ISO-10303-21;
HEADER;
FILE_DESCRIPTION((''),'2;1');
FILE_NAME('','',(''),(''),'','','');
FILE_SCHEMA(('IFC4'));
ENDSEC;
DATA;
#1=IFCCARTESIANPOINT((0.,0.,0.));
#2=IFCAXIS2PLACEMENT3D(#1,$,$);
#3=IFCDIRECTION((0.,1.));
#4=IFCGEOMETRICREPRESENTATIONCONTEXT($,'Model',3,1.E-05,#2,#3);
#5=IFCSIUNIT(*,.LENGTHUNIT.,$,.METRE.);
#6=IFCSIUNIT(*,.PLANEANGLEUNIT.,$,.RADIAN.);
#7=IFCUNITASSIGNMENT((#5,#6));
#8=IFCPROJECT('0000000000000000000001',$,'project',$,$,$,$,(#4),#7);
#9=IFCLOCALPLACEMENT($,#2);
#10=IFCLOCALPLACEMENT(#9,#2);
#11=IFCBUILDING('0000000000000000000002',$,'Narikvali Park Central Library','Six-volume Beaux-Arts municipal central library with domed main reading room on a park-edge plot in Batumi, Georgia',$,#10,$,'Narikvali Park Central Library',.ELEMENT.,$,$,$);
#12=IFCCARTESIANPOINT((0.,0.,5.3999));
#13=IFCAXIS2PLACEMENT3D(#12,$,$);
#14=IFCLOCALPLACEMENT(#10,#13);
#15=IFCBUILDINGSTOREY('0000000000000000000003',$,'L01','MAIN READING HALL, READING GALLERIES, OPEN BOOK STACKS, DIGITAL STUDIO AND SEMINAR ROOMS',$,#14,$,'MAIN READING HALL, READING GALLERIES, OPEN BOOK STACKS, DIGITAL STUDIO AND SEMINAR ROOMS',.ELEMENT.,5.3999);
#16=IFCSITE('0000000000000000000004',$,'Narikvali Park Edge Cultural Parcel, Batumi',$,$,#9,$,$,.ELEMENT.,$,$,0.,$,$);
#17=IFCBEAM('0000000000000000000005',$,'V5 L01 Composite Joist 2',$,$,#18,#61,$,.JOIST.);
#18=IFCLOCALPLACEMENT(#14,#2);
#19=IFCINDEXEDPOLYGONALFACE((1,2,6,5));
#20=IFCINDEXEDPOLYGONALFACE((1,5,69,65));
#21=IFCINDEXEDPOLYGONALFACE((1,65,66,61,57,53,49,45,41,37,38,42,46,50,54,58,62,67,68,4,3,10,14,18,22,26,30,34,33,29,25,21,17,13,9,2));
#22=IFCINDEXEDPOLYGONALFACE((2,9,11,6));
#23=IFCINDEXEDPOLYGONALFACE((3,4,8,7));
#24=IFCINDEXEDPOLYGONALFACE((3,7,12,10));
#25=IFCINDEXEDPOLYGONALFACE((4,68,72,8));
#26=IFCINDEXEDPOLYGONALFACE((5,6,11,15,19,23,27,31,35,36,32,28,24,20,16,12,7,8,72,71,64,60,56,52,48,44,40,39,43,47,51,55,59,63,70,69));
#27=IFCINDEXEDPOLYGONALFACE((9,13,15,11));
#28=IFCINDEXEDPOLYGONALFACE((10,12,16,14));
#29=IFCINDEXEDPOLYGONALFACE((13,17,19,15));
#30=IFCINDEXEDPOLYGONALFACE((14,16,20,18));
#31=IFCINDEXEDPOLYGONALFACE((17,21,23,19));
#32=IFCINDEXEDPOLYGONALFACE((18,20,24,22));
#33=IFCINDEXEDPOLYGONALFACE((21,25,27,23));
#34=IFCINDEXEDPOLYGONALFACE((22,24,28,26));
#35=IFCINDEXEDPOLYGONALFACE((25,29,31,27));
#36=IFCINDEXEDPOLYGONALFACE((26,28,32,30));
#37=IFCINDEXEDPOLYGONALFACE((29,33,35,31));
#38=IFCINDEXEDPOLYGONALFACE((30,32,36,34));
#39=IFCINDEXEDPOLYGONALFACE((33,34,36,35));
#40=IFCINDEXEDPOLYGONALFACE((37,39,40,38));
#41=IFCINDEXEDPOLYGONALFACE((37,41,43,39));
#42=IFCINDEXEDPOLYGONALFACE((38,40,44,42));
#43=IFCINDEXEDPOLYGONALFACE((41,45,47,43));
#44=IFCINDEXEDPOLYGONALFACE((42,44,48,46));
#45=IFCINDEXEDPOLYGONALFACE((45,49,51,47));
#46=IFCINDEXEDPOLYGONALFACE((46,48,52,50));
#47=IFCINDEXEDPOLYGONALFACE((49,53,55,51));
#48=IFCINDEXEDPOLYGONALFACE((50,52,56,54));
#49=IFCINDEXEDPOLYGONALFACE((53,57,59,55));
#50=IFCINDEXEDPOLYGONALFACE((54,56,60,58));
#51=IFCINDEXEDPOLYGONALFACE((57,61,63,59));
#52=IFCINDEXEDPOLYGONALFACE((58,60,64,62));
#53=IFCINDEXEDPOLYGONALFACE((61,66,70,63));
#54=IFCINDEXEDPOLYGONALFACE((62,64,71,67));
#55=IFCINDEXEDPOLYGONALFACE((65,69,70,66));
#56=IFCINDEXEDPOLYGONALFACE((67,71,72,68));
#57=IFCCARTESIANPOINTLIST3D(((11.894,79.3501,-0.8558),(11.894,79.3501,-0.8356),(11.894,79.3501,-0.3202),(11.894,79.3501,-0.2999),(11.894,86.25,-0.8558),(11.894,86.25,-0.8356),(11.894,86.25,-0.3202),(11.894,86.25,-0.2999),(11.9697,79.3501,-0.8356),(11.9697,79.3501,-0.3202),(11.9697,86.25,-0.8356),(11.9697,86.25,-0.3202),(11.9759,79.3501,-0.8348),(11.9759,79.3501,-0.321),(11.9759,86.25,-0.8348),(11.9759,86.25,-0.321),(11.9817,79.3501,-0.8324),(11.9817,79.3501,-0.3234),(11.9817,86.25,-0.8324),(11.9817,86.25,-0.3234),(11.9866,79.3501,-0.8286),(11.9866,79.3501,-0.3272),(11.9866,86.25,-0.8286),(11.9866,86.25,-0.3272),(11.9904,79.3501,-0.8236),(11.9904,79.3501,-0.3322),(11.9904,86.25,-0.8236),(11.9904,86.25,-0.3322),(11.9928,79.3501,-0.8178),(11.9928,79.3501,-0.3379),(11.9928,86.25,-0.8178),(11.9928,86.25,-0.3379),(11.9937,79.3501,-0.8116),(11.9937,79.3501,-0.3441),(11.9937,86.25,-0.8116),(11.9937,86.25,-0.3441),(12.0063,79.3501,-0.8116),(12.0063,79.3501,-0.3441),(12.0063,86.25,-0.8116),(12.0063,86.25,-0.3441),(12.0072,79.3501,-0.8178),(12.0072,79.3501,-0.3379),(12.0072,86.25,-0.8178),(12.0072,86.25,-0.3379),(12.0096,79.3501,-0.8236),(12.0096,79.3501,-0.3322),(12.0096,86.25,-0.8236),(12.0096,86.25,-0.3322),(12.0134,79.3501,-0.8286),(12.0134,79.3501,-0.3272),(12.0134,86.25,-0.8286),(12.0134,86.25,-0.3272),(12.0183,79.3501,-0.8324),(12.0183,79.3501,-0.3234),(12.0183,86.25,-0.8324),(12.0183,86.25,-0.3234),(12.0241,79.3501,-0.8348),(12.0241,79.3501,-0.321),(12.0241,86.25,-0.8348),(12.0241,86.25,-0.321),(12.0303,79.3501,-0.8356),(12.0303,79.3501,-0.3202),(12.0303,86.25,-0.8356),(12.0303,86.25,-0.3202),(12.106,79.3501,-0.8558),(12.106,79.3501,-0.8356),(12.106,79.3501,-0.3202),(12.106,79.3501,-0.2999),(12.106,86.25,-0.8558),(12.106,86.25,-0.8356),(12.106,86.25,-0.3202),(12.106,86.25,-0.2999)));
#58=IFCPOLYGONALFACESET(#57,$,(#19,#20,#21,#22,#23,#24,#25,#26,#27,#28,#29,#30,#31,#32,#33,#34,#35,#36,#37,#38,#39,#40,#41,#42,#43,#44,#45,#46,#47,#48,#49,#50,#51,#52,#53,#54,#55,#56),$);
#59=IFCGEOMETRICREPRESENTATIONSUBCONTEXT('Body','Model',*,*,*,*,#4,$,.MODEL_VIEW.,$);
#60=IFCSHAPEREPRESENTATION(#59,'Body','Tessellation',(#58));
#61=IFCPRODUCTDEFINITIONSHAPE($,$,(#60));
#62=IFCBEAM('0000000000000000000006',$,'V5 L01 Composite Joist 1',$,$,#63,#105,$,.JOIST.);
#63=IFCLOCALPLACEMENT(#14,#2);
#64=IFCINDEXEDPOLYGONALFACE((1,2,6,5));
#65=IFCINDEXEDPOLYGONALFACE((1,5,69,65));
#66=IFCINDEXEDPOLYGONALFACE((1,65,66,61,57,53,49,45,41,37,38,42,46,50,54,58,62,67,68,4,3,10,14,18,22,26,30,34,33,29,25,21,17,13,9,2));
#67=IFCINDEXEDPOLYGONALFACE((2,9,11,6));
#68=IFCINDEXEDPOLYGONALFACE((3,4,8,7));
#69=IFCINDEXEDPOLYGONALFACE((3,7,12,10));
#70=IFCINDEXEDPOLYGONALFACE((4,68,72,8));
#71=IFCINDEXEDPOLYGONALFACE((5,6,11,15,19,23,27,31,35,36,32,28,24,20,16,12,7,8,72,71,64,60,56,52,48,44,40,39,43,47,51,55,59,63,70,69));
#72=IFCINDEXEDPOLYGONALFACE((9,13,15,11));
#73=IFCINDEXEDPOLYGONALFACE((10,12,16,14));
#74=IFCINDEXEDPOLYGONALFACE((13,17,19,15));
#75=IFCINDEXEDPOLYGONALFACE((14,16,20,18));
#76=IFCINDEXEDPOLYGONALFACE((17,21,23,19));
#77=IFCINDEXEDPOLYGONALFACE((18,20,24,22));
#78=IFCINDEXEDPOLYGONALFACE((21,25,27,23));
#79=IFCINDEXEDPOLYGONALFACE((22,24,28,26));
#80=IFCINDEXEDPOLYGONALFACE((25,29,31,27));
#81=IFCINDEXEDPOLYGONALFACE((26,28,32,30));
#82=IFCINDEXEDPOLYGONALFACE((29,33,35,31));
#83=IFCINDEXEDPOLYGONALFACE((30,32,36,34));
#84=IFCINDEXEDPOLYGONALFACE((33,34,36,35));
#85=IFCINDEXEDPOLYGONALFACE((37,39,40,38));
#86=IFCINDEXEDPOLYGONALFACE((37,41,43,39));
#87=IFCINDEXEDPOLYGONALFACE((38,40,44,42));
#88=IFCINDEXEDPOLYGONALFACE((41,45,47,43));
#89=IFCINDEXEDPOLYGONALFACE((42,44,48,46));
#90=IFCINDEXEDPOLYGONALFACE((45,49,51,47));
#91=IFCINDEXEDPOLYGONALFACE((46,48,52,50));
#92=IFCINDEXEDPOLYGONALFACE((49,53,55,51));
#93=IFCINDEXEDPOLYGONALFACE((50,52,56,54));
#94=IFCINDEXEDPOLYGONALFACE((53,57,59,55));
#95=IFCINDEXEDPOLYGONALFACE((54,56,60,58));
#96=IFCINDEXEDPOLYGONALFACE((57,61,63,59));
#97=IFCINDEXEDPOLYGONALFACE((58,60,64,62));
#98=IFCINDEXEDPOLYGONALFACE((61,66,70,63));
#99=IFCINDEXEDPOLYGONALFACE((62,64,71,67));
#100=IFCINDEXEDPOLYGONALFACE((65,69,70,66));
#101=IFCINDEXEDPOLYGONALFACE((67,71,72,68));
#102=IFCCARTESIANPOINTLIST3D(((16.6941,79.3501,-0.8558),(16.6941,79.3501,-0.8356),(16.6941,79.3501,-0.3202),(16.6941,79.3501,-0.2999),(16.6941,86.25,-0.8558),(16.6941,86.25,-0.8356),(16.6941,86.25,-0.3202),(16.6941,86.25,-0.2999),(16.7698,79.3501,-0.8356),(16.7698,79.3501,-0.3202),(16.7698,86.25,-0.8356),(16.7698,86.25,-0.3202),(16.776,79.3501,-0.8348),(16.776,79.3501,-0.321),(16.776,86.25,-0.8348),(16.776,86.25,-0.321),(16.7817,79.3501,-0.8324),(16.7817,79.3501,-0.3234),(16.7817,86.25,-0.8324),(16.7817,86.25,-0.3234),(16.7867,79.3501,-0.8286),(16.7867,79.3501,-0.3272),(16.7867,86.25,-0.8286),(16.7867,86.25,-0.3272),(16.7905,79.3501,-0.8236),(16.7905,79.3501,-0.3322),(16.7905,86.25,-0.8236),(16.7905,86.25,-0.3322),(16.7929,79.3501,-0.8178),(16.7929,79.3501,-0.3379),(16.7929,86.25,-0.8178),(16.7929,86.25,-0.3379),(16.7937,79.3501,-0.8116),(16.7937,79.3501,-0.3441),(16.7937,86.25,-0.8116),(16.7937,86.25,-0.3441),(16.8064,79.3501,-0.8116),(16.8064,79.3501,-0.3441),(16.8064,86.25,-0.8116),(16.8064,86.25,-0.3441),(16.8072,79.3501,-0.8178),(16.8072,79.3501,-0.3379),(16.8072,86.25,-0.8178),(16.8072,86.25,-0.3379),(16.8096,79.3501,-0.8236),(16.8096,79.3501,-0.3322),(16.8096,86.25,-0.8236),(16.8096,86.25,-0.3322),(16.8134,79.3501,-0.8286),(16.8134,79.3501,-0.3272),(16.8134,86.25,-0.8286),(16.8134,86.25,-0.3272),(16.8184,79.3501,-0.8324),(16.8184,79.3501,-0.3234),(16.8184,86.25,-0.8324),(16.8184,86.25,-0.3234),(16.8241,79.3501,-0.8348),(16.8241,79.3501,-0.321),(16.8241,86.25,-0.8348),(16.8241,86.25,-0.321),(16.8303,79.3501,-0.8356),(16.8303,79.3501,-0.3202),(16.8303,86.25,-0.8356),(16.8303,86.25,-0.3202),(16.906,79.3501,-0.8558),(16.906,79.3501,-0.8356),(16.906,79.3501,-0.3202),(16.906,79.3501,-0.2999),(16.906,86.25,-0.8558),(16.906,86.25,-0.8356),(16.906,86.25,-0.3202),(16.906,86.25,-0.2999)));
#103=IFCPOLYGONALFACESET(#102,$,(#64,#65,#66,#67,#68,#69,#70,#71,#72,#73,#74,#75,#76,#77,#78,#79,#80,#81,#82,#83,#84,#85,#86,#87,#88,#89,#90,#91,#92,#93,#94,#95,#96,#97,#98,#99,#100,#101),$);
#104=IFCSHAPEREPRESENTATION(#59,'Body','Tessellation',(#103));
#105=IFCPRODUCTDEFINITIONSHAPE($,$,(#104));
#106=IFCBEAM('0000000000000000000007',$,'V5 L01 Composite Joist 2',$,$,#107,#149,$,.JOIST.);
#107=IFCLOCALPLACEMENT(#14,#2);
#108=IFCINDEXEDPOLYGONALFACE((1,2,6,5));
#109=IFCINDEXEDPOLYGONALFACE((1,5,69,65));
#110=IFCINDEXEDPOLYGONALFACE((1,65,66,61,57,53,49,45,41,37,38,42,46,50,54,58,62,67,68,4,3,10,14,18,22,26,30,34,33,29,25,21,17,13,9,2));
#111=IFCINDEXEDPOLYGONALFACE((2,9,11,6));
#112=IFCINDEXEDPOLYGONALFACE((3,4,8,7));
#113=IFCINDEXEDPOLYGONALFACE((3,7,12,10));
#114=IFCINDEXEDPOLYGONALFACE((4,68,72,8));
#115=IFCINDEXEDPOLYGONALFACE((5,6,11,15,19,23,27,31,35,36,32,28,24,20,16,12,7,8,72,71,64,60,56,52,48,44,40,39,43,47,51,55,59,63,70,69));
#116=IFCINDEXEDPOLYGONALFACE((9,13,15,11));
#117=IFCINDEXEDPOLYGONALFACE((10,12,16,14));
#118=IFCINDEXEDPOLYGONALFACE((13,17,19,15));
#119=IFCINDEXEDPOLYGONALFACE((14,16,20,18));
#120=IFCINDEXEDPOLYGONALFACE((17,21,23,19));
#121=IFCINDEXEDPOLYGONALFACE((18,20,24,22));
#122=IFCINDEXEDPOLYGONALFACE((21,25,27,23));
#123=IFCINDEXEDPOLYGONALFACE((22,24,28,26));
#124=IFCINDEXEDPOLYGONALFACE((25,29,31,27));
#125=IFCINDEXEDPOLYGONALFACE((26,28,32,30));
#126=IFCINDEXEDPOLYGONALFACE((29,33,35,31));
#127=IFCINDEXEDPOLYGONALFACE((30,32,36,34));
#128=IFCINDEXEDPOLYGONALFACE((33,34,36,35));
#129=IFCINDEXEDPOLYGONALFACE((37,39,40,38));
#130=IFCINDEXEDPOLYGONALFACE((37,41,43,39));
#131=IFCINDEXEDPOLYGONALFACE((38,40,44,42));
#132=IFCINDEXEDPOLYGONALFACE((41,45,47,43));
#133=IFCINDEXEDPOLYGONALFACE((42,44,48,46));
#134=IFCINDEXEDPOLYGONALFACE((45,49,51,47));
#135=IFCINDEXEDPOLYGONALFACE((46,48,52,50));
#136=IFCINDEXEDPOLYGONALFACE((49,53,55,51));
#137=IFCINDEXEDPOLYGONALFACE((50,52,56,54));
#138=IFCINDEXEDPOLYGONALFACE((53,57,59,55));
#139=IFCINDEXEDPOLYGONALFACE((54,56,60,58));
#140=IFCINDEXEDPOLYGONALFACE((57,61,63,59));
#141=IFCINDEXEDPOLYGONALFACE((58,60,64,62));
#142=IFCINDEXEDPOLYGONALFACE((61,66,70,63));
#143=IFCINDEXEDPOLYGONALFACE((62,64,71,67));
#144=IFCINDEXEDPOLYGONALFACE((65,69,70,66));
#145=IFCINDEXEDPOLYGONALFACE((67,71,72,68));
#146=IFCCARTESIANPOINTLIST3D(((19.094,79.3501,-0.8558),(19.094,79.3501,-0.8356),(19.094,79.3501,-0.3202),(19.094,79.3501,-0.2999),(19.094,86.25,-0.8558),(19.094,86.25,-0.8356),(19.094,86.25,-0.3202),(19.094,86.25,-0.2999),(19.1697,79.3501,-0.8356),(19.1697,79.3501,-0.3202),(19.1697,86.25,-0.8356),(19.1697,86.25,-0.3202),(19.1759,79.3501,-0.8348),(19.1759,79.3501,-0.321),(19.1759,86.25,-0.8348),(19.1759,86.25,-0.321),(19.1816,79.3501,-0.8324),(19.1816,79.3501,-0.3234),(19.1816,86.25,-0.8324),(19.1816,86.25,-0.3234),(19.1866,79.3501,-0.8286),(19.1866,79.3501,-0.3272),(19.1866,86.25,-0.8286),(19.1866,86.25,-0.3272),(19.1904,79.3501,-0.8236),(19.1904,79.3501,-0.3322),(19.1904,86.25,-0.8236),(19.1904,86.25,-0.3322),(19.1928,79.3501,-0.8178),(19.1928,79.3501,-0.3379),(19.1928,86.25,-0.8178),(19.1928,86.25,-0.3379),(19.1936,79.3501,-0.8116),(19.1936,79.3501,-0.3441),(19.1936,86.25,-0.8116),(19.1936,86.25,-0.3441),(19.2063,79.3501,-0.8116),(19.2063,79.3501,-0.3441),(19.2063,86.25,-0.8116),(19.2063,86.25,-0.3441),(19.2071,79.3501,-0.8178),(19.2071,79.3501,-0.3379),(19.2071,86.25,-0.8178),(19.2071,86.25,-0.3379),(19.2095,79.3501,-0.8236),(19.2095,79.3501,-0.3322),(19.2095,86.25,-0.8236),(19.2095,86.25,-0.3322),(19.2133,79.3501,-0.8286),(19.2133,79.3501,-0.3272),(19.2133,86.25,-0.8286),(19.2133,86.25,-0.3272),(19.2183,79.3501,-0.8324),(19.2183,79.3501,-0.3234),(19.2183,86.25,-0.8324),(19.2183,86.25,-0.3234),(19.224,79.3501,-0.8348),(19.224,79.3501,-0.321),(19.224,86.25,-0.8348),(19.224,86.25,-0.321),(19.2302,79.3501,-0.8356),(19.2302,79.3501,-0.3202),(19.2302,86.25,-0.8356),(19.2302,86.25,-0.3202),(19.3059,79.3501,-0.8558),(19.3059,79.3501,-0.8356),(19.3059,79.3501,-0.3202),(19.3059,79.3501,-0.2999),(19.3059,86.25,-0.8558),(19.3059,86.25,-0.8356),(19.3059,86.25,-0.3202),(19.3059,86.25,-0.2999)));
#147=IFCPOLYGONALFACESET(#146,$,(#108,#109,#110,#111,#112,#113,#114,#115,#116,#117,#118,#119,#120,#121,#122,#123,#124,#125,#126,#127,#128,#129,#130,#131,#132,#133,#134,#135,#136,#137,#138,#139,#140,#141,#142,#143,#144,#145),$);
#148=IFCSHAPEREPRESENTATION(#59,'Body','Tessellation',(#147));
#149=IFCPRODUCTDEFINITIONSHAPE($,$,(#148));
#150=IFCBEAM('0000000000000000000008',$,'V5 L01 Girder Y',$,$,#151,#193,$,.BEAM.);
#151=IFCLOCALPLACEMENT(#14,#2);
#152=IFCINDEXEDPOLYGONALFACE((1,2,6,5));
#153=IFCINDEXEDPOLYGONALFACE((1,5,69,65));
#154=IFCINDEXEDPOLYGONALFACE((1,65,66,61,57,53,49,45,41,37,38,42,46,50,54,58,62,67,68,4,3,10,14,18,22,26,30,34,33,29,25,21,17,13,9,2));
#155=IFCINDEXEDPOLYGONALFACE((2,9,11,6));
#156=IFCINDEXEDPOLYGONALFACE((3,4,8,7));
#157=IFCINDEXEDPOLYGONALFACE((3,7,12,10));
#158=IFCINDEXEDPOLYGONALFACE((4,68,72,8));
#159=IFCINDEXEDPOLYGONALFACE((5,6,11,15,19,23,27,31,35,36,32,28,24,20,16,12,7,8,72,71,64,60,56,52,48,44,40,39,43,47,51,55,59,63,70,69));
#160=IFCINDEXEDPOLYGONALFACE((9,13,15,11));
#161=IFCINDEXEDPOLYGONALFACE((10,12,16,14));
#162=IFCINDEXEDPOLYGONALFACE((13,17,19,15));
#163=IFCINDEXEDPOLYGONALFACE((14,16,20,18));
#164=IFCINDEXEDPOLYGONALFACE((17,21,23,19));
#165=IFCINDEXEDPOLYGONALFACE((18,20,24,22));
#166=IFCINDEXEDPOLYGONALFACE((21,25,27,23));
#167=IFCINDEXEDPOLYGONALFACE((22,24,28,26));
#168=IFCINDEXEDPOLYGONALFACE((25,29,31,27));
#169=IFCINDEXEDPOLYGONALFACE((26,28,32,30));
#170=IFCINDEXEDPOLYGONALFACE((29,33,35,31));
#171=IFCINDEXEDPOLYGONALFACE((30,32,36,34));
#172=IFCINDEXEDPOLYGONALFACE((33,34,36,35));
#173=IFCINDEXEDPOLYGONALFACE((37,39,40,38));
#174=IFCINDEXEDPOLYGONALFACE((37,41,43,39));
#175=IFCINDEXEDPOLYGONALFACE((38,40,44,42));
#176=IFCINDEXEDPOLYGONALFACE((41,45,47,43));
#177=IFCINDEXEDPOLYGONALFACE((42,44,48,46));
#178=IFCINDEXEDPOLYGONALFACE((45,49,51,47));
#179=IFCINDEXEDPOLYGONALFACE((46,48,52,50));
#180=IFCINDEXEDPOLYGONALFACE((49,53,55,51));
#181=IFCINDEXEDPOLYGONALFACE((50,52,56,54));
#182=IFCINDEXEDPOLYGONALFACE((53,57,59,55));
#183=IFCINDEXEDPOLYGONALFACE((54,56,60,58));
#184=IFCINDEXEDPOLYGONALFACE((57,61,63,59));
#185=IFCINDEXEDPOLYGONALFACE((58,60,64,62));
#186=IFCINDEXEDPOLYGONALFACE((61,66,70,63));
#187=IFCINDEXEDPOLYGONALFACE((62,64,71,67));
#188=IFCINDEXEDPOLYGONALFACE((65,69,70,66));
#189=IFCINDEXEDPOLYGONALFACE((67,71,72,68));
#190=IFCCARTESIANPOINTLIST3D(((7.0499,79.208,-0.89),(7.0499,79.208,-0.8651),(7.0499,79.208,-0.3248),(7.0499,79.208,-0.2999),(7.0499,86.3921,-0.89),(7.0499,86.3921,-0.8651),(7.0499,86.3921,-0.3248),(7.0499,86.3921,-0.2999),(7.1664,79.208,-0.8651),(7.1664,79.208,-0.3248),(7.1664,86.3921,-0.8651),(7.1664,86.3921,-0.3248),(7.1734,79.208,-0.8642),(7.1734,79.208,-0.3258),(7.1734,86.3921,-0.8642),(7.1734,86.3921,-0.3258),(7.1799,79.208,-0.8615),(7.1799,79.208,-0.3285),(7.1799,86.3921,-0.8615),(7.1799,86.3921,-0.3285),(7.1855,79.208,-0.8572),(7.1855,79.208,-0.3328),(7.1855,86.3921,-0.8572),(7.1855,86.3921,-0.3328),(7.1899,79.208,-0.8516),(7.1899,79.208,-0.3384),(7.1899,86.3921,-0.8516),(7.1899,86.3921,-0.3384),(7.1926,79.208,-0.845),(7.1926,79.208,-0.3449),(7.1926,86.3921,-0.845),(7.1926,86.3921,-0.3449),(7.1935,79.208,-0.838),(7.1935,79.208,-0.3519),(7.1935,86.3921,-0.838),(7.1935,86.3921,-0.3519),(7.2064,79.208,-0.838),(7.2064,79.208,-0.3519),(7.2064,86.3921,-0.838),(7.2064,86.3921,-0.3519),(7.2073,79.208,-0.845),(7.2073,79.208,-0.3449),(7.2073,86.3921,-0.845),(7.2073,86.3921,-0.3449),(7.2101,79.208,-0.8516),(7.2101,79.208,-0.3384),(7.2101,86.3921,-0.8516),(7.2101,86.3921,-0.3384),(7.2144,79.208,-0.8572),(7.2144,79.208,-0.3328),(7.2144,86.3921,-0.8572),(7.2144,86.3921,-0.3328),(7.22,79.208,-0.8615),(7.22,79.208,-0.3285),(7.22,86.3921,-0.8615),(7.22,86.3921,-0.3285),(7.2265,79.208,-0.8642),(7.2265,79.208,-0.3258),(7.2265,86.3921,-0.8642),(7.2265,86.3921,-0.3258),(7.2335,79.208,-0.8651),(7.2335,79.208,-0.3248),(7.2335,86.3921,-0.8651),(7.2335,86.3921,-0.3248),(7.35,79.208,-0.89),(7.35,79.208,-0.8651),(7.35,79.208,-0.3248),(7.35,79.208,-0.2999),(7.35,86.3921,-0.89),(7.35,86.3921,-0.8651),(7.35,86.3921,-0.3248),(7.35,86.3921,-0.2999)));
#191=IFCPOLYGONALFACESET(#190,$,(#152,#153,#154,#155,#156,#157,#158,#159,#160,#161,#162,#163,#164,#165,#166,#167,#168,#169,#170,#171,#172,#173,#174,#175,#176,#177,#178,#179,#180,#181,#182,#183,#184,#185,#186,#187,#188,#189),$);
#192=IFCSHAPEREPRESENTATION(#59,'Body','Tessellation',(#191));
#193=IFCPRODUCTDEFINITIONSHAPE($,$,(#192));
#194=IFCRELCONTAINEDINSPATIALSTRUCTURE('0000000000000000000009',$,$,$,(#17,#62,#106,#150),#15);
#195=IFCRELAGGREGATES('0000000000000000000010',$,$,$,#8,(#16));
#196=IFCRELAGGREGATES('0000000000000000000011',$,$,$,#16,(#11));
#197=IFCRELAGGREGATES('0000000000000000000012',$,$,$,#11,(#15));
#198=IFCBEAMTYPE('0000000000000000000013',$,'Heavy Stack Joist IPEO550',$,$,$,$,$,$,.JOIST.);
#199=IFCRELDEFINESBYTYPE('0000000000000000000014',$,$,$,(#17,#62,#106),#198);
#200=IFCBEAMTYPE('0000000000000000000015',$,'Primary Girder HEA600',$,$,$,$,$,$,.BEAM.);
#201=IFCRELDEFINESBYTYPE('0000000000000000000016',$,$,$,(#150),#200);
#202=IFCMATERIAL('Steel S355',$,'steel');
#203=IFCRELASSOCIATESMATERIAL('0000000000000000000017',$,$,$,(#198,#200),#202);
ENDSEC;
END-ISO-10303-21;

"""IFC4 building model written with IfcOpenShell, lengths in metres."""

from ifc_helpers import new_model, si_unit, direction, frame, origin, origin_2d, place, context, subcontext, project, spatial, i_section, extrude, material, material_profile, profile_set, type_object, element, save


model = new_model("IFC4")

# Units and contexts
model_context = context("Model", 3, precision=1e-05, world=origin(), true_north=direction((0.0, 1.0)))
body_context = subcontext(model_context, "Body", "Model", "MODEL_VIEW")
ifc_project = project(units=[si_unit("LENGTHUNIT", "METRE"), si_unit("PLANEANGLEUNIT", "RADIAN")], contexts=[model_context])

# Site, building, storey
site_placement = place(None, origin())
site = spatial("IfcSite", under=ifc_project, at=site_placement, Name="Narikvali Park Edge Cultural Parcel, Batumi", CompositionType="ELEMENT", RefElevation=0.0)
building_placement = place(site_placement, origin())
building = spatial("IfcBuilding", under=site, at=building_placement, Name="Narikvali Park Central Library", Description="Six-volume Beaux-Arts municipal central library with domed main reading room on a park-edge plot in Batumi, Georgia", LongName="Narikvali Park Central Library", CompositionType="ELEMENT")
storey_placement = place(building_placement, frame((0.0, 0.0, 5.3999)))
storey = spatial("IfcBuildingStorey", under=building, at=storey_placement, Name="L01", Description="MAIN READING HALL, READING GALLERIES, OPEN BOOK STACKS, DIGITAL STUDIO AND SEMINAR ROOMS", LongName="MAIN READING HALL, READING GALLERIES, OPEN BOOK STACKS, DIGITAL STUDIO AND SEMINAR ROOMS", CompositionType="ELEMENT", Elevation=5.3999)

# Shared definitions
ifc_material_1 = material(Name="Steel S355", Category="steel")

# Beams
ifc_material_profile_1 = material_profile(ifc_material_1, i_section(OverallWidth=0.2119, OverallDepth=0.5559, WebThickness=0.0127, FlangeThickness=0.0203, FilletRadius=0.0239, at=origin_2d()), Name="IPEO 550")
ifc_profile_set_1 = profile_set([ifc_material_profile_1], Name="Steel S355")
beam_type_1 = type_object("IfcBeamType", Name="Heavy Stack Joist IPEO550", PredefinedType="JOIST", material=ifc_profile_set_1)
for number, where, z_axis, x_axis, name in (
    (1, (12.0, 79.3501, -0.5779), (0.0, 1.0, 0.0), (-1.0, 0.0, 0.0), "V5 L01 Composite Joist 2"),
    (2, (16.8, 79.3501, -0.5779), (0.0, 1.0, 0.0), (-1.0, 0.0, 0.0), "V5 L01 Composite Joist 1"),
    (3, (19.2, 79.3501, -0.5779), (0.0, 1.0, 0.0), (-1.0, 0.0, 0.0), "V5 L01 Composite Joist 2"),
):
    element("IfcBeam", number, at=place(storey_placement, frame(where, z_axis=z_axis, x_axis=x_axis)), inside=storey, type_object=beam_type_1, Name=name, PredefinedType="JOIST", context=body_context, shape_type="SweptSolid", body=[
        extrude(i_section(OverallWidth=0.2119, OverallDepth=0.5559, WebThickness=0.0127, FlangeThickness=0.0203, FilletRadius=0.0239, at=origin_2d()), origin(), (0.0, 0.0, 1.0), 6.8999),
    ])
ifc_material_profile_2 = material_profile(ifc_material_1, i_section(OverallWidth=0.3, OverallDepth=0.5901, WebThickness=0.0129, FlangeThickness=0.0249, FilletRadius=0.0271, at=origin_2d()), Name="HEA 600")
ifc_profile_set_2 = profile_set([ifc_material_profile_2], Name="Steel S355")
beam_type_2 = type_object("IfcBeamType", Name="Primary Girder HEA600", PredefinedType="BEAM", material=ifc_profile_set_2)
for number, where, z_axis, x_axis, name in (
    (4, (7.2, 79.208, -0.595), (0.0, 1.0, 0.0), (-1.0, 0.0, 0.0), "V5 L01 Girder Y"),
):
    element("IfcBeam", number, at=place(storey_placement, frame(where, z_axis=z_axis, x_axis=x_axis)), inside=storey, type_object=beam_type_2, Name=name, PredefinedType="BEAM", context=body_context, shape_type="SweptSolid", body=[
        extrude(i_section(OverallWidth=0.3, OverallDepth=0.5901, WebThickness=0.0129, FlangeThickness=0.0249, FilletRadius=0.0271, at=origin_2d()), origin(), (0.0, 0.0, 1.0), 7.1841),
    ])

save(model, "model.ifc")
